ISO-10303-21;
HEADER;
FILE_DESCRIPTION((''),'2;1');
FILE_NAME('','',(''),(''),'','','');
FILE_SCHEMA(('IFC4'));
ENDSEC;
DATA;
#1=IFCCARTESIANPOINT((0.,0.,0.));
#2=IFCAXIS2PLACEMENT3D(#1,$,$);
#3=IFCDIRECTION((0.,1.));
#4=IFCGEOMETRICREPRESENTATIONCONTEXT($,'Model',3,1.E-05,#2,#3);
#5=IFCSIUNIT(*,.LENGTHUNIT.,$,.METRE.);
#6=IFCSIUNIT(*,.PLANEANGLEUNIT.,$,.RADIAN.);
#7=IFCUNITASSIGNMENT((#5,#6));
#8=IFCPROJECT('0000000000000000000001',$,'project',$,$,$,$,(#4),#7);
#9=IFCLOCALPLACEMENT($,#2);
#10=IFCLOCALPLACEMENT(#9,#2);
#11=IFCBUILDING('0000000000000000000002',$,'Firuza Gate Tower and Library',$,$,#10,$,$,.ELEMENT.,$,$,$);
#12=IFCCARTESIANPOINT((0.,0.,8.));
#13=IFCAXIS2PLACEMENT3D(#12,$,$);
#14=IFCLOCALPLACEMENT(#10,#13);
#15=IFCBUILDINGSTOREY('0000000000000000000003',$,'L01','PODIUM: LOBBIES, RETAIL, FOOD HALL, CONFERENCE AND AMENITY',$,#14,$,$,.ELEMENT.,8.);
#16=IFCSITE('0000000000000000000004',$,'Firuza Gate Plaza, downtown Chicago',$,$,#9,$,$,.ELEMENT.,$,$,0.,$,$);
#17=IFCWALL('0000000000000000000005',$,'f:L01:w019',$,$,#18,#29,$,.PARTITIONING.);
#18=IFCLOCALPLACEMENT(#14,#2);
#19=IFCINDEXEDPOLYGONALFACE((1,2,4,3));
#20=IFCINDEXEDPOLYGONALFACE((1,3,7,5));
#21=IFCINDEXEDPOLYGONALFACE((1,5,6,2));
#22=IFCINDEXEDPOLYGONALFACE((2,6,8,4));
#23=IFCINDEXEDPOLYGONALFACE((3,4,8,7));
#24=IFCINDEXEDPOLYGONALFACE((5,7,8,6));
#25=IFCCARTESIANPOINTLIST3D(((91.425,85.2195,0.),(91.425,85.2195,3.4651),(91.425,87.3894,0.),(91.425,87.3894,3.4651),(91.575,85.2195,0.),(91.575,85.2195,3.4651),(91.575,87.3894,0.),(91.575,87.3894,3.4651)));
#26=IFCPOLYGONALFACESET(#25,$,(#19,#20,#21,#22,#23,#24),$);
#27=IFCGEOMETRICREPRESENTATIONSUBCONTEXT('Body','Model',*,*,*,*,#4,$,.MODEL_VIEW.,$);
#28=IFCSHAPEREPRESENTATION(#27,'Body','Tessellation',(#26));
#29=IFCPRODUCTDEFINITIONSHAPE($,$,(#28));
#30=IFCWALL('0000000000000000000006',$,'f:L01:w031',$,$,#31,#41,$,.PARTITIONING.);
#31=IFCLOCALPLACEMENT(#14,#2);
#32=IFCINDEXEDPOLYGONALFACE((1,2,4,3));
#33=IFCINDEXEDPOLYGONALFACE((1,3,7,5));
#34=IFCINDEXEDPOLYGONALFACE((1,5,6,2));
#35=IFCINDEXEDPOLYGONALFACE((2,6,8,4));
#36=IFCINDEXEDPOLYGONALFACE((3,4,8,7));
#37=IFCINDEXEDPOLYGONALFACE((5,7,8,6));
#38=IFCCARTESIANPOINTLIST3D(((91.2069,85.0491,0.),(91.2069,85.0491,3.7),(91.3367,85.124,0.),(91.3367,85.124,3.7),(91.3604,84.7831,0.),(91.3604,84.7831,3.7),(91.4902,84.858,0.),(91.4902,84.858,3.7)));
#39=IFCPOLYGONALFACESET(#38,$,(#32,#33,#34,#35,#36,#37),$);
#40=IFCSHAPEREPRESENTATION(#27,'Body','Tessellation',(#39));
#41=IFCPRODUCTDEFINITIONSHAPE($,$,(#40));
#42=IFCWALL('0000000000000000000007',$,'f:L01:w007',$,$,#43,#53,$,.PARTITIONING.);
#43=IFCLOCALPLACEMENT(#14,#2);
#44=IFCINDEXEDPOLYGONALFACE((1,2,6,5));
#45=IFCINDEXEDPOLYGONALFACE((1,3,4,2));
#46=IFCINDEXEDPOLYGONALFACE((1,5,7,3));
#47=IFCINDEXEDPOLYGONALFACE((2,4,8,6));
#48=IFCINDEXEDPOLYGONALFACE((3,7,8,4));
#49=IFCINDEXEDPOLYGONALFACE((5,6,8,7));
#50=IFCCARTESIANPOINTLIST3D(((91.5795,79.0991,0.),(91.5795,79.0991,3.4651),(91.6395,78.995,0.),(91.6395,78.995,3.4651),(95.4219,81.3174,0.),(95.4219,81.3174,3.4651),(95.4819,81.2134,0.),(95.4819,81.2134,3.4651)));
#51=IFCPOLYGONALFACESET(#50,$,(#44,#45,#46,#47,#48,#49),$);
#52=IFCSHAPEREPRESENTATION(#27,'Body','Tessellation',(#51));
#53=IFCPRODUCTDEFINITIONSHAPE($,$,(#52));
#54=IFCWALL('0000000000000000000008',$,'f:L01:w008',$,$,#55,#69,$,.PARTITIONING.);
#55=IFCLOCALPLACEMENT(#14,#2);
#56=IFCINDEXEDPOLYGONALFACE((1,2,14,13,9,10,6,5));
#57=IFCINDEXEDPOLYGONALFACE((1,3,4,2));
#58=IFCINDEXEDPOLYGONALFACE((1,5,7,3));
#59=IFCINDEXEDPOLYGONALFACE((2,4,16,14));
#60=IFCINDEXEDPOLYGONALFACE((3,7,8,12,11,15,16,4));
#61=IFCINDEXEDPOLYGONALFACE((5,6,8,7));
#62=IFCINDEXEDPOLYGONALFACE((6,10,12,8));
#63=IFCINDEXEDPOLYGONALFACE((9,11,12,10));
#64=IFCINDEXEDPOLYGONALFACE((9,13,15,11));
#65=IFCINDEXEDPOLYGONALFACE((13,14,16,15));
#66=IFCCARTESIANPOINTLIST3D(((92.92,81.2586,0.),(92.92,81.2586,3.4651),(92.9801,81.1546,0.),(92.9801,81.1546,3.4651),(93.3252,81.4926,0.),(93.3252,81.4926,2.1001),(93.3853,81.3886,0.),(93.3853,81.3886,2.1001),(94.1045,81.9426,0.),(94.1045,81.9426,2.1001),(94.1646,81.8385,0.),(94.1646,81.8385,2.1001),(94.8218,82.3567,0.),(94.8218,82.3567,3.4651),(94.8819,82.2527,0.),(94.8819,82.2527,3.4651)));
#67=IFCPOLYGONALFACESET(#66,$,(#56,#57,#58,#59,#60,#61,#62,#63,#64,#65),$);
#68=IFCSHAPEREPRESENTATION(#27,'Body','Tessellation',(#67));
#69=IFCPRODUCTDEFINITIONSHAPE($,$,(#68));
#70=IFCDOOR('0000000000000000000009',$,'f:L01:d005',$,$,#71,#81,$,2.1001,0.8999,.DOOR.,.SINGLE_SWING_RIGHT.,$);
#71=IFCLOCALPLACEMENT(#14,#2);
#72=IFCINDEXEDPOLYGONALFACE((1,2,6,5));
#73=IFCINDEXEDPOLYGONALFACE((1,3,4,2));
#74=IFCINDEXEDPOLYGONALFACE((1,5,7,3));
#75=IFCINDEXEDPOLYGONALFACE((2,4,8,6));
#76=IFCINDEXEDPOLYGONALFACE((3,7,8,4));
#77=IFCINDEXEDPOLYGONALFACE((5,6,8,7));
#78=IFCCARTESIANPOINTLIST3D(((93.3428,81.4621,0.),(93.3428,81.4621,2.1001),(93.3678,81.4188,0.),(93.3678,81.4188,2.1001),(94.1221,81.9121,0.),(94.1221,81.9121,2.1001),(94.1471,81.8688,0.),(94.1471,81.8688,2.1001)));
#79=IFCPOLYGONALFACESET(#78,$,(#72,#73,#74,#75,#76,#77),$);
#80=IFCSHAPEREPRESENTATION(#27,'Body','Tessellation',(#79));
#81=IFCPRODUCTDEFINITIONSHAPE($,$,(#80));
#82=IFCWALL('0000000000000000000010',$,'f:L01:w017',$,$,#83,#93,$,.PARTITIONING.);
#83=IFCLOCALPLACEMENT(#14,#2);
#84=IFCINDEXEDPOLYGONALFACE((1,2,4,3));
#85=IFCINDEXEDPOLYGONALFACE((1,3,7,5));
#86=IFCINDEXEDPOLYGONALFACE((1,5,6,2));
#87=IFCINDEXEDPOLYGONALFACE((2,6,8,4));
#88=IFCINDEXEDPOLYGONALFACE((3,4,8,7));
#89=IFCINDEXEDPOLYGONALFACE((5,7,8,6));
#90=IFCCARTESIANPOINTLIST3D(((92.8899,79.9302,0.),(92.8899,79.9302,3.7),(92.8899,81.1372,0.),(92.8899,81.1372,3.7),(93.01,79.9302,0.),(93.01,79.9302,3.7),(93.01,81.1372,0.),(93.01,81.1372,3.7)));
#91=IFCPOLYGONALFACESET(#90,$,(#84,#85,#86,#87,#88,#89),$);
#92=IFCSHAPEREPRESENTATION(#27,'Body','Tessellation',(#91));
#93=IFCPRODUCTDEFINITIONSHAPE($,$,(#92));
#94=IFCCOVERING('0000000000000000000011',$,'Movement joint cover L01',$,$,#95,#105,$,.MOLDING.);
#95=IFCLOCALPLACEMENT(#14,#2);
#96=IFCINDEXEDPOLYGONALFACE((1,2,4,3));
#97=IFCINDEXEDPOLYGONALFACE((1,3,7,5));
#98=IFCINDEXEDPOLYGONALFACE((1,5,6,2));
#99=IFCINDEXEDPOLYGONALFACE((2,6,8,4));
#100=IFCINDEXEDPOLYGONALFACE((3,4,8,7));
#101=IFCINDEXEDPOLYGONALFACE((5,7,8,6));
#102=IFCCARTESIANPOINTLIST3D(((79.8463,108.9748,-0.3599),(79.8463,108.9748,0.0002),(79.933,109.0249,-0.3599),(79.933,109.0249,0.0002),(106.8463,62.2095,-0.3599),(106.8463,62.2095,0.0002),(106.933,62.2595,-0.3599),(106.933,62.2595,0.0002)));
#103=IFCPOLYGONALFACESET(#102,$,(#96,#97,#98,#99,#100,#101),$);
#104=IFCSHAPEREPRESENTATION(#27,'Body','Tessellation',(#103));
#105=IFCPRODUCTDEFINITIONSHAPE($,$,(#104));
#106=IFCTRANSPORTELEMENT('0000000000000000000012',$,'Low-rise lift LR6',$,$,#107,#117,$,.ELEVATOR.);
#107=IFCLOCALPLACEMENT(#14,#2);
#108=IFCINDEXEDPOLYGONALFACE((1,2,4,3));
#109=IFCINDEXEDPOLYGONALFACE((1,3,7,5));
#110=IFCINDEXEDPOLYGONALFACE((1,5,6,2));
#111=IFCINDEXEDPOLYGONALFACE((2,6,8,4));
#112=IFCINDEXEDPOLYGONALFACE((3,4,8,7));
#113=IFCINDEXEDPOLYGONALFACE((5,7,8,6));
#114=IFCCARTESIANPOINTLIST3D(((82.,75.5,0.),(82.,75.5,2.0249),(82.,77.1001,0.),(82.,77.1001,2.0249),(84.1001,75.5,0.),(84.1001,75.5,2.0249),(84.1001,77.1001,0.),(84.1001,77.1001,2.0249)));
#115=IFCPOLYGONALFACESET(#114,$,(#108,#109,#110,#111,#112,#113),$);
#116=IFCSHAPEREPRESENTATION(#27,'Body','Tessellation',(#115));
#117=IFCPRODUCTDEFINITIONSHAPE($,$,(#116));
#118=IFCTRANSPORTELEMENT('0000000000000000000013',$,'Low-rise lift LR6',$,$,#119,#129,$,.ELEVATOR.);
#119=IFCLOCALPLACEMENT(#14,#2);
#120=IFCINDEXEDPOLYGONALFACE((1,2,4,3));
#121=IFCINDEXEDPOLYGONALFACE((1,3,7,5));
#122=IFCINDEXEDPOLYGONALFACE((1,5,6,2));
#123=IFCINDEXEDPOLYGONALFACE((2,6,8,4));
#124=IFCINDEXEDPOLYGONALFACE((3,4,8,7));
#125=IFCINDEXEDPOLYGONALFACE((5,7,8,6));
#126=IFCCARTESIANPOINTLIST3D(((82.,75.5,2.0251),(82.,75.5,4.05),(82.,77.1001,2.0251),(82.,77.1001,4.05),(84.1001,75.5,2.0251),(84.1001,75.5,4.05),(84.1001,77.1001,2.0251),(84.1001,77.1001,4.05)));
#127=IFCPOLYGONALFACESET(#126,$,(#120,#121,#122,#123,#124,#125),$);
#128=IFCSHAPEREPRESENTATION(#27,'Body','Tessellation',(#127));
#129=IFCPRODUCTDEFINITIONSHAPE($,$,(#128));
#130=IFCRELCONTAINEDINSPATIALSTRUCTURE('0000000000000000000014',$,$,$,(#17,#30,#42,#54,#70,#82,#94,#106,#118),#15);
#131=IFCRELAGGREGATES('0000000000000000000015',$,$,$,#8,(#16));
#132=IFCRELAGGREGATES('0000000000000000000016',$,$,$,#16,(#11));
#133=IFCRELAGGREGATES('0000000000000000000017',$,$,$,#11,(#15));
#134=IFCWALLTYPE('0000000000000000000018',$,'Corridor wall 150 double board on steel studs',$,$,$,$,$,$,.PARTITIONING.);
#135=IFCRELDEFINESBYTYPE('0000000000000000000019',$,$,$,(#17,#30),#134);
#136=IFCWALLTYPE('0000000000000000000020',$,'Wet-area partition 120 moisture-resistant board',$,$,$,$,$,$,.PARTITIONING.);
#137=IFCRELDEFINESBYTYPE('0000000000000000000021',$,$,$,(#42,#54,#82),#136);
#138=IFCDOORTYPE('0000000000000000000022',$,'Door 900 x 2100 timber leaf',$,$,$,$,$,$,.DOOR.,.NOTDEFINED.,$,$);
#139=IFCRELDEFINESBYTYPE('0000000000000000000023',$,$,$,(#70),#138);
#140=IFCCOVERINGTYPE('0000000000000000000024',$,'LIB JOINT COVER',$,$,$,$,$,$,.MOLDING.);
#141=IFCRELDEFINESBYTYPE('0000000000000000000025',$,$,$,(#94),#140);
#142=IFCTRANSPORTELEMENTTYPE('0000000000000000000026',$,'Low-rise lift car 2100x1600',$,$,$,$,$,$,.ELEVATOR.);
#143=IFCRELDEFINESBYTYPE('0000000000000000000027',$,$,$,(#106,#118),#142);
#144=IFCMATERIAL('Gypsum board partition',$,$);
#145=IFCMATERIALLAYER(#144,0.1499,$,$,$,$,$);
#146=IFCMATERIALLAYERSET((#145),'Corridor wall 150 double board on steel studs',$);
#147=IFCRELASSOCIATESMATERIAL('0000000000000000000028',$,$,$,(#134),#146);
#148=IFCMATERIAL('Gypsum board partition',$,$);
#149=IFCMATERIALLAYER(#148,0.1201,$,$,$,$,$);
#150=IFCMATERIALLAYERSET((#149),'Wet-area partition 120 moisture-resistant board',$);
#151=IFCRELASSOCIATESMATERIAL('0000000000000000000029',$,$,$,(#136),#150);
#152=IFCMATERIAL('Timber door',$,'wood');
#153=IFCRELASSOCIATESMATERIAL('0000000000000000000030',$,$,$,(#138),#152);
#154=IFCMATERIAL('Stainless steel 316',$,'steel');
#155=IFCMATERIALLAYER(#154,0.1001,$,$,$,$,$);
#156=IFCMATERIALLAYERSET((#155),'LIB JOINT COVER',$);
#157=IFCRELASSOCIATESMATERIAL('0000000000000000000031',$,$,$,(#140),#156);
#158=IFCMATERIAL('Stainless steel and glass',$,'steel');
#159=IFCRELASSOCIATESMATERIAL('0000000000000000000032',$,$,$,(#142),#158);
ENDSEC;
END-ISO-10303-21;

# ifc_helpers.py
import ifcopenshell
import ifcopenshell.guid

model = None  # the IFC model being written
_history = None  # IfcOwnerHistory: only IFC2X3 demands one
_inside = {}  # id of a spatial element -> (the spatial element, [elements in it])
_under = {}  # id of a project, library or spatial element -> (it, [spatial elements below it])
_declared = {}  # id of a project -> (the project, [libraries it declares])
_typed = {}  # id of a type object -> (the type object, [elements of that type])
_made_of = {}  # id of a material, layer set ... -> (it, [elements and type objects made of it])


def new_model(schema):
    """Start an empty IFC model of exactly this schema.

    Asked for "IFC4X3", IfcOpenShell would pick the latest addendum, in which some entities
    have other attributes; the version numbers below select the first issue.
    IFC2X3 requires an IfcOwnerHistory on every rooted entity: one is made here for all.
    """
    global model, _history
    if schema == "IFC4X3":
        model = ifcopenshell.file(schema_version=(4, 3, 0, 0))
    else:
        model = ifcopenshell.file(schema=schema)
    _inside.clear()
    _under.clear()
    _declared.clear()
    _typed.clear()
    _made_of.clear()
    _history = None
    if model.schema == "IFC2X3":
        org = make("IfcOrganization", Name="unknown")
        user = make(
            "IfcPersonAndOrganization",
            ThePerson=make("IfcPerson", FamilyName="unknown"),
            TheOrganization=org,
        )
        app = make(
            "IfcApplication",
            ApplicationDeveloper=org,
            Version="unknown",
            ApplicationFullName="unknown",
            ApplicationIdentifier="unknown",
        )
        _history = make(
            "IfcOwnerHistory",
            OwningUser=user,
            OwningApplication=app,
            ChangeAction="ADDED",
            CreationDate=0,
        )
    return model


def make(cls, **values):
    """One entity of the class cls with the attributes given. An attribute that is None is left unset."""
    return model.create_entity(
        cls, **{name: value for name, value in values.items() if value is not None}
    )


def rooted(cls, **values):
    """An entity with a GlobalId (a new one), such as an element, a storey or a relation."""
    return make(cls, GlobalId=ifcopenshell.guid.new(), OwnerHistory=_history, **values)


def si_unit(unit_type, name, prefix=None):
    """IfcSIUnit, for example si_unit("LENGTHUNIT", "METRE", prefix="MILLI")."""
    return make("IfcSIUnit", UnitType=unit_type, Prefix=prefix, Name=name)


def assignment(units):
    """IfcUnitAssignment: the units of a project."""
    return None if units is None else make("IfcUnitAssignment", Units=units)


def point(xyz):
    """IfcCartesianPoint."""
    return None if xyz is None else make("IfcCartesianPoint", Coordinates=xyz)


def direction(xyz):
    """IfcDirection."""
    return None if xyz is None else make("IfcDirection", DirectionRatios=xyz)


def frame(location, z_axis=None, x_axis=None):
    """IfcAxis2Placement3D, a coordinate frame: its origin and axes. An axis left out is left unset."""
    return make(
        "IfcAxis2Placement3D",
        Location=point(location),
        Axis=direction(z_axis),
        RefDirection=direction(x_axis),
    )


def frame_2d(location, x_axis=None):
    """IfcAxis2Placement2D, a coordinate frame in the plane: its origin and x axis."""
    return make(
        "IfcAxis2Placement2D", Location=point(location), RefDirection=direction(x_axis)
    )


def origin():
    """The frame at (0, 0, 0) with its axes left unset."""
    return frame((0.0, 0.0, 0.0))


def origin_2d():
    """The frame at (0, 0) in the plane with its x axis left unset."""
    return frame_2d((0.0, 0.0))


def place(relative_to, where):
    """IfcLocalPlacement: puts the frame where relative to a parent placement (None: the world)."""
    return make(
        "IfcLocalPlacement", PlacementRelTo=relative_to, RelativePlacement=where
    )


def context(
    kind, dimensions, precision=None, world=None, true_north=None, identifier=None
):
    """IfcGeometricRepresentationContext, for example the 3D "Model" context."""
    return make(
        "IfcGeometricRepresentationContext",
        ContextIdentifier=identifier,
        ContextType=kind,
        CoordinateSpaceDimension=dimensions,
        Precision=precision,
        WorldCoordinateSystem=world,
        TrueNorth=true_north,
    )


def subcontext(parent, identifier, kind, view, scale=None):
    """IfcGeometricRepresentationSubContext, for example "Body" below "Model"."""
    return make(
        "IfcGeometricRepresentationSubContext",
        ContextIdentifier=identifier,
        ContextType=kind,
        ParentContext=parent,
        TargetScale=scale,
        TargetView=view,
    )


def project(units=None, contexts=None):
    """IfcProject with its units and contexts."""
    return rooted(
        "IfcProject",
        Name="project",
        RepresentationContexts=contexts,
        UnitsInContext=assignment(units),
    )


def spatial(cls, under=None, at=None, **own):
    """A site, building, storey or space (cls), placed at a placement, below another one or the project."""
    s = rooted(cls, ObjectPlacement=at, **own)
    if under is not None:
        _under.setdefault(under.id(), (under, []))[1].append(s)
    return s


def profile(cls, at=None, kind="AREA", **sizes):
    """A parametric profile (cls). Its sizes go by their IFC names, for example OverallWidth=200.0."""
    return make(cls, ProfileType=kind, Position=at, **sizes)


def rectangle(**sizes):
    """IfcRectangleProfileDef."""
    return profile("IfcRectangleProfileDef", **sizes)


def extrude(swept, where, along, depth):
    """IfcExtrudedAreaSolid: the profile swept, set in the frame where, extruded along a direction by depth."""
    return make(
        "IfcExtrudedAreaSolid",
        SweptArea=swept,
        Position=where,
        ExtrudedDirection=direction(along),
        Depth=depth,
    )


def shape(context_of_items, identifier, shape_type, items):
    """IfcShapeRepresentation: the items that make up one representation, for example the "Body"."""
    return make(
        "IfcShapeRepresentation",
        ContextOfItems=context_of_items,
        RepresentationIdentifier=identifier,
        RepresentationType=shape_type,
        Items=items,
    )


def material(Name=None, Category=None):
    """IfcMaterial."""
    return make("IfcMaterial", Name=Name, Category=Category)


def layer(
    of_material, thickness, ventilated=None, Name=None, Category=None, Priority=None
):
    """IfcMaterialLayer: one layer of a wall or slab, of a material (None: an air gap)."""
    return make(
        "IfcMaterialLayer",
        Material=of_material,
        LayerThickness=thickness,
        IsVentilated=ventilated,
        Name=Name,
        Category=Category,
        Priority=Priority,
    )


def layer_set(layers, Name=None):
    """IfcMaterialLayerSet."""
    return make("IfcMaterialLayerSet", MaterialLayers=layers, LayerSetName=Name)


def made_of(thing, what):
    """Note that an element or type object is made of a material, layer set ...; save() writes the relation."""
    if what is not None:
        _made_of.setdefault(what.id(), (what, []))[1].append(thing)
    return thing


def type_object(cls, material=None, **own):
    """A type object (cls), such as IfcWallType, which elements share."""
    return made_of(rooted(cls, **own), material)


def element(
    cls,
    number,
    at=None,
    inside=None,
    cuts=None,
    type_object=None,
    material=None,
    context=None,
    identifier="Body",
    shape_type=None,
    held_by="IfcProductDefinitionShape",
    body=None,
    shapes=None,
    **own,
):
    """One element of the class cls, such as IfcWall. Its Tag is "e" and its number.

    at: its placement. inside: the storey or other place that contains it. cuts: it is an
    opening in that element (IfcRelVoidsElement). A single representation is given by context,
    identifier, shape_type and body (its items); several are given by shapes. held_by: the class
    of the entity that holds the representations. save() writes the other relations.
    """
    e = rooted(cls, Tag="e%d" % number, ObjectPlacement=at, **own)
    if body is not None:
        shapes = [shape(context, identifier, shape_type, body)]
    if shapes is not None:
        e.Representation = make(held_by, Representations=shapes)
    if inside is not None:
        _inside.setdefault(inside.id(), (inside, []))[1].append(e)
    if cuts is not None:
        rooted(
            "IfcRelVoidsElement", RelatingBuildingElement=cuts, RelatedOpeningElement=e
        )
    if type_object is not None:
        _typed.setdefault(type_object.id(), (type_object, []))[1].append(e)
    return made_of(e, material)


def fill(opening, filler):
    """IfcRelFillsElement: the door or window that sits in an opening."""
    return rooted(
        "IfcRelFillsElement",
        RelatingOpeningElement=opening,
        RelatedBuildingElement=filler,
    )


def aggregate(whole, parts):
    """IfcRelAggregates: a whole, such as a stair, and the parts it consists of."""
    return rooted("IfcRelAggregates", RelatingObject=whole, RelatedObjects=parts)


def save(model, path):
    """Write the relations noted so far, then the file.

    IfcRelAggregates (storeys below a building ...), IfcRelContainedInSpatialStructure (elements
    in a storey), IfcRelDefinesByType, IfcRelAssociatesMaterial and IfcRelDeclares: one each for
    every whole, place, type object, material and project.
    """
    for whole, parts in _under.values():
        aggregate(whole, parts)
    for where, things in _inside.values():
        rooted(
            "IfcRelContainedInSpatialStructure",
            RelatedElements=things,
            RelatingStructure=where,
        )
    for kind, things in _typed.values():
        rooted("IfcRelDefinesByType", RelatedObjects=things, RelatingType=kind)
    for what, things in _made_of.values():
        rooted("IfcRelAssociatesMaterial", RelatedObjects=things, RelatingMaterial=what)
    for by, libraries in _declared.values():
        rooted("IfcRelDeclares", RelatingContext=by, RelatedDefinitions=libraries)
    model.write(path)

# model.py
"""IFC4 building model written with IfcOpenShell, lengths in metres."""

from ifc_helpers import new_model, si_unit, direction, frame, frame_2d, origin, origin_2d, place, context, subcontext, project, spatial, rectangle, extrude, material, layer, layer_set, type_object, element, fill, save


model = new_model("IFC4")

# Units and contexts
model_context = context("Model", 3, precision=1e-05, world=origin(), true_north=direction((0.0, 1.0)))
body_context = subcontext(model_context, "Body", "Model", "MODEL_VIEW")
ifc_project = project(units=[si_unit("LENGTHUNIT", "METRE"), si_unit("PLANEANGLEUNIT", "RADIAN")], contexts=[model_context])

# Site, building, storey
site_placement = place(None, origin())
site = spatial("IfcSite", under=ifc_project, at=site_placement, Name="Firuza Gate Plaza, downtown Chicago", CompositionType="ELEMENT", RefElevation=0.0)
building_placement = place(site_placement, origin())
building = spatial("IfcBuilding", under=site, at=building_placement, Name="Firuza Gate Tower and Library", CompositionType="ELEMENT")
storey_placement = place(building_placement, frame((0.0, 0.0, 8.0)))
storey = spatial("IfcBuildingStorey", under=building, at=storey_placement, Name="L01", Description="PODIUM: LOBBIES, RETAIL, FOOD HALL, CONFERENCE AND AMENITY", CompositionType="ELEMENT", Elevation=8.0)

# Shared definitions
ifc_material_1 = material(Name="Gypsum board partition")
ifc_layer_1 = layer(ifc_material_1, 0.1499)
ifc_layer_set_1 = layer_set([ifc_layer_1], Name="Corridor wall 150 double board on steel studs")
wall_type_1 = type_object("IfcWallType", Name="Corridor wall 150 double board on steel studs", PredefinedType="PARTITIONING", material=ifc_layer_set_1)

# Walls
wall_1_placement = place(storey_placement, frame((91.5, 85.2195, 0.0), z_axis=(0.0, 0.0, 1.0), x_axis=(0.0, 1.0, 0.0)))
element("IfcWall", 1, at=wall_1_placement, inside=storey, type_object=wall_type_1, Name="f:L01:w019", PredefinedType="PARTITIONING", context=body_context, shape_type="SweptSolid", body=[
    extrude(rectangle(XDim=2.1699, YDim=0.1499, at=frame_2d((1.085, 0.0))), origin(), (0.0, 0.0, 1.0), 3.4651),
])
wall_2_placement = place(storey_placement, frame((91.4253, 84.8206, 0.0), z_axis=(0.0, 0.0, 1.0), x_axis=(-0.499814, 0.866133, 0.0)))
element("IfcWall", 2, at=wall_2_placement, inside=storey, type_object=wall_type_1, Name="f:L01:w031", PredefinedType="PARTITIONING", context=body_context, shape_type="SweptSolid", body=[
    extrude(rectangle(XDim=0.3071, YDim=0.1499, at=frame_2d((0.1536, 0.0))), origin(), (0.0, 0.0, 1.0), 3.7),
])
ifc_material_2 = material(Name="Gypsum board partition")
ifc_layer_2 = layer(ifc_material_2, 0.1201)
ifc_layer_set_2 = layer_set([ifc_layer_2], Name="Wet-area partition 120 moisture-resistant board")
wall_type_2 = type_object("IfcWallType", Name="Wet-area partition 120 moisture-resistant board", PredefinedType="PARTITIONING", material=ifc_layer_set_2)
wall_3_placement = place(storey_placement, frame((91.6096, 79.0471, 0.0), z_axis=(0.0, 0.0, 1.0), x_axis=(0.866033, 0.499986, 0.0)))
element("IfcWall", 3, at=wall_3_placement, inside=storey, type_object=wall_type_2, Name="f:L01:w007", PredefinedType="PARTITIONING", context=body_context, shape_type="SweptSolid", body=[
    extrude(rectangle(XDim=4.4368, YDim=0.1201, at=frame_2d((2.2183, 0.0))), origin(), (0.0, 0.0, 1.0), 3.4651),
])

# Wall, opening, door
wall_4_placement = place(storey_placement, frame((92.95, 81.2065, 0.0), z_axis=(0.0, 0.0, 1.0), x_axis=(0.866004, 0.500037, 0.0)))
wall_4 = element("IfcWall", 4, at=wall_4_placement, inside=storey, type_object=wall_type_2, Name="f:L01:w008", PredefinedType="PARTITIONING", context=body_context, shape_type="SweptSolid", body=[
    extrude(rectangle(XDim=2.196, YDim=0.1201, at=frame_2d((1.0981, 0.0))), origin(), (0.0, 0.0, 1.0), 3.4651),
])
opening_1_placement = place(wall_4_placement, frame((0.468, 0.0, 0.0)))
opening_1 = element("IfcOpeningElement", 5, at=opening_1_placement, cuts=wall_4, PredefinedType="OPENING", context=body_context, shape_type="SweptSolid", body=[
    extrude(rectangle(XDim=0.8999, YDim=2.1001, at=frame_2d((0.45, 1.05))), frame((0.0, 0.0701, 0.0), z_axis=(0.0, -1.0, 0.0), x_axis=(1.0, 0.0, 0.0)), (0.0, 0.0, 1.0), 0.1401),
])
ifc_material_3 = material(Name="Timber door", Category="wood")
door_type_1 = type_object("IfcDoorType", Name="Door 900 x 2100 timber leaf", OperationType="NOTDEFINED", PredefinedType="DOOR", material=ifc_material_3)
door_1_placement = place(opening_1_placement, origin())
door_1 = element("IfcDoor", 6, at=door_1_placement, inside=storey, type_object=door_type_1, Name="f:L01:d005", OperationType="SINGLE_SWING_RIGHT", OverallHeight=2.1001, OverallWidth=0.8999, PredefinedType="DOOR", context=body_context, shape_type="SweptSolid", body=[
    extrude(rectangle(XDim=0.8999, YDim=2.1001, at=frame_2d((0.45, 1.05))), frame((0.0, 0.0249, 0.0), z_axis=(0.0, -1.0, 0.0), x_axis=(1.0, 0.0, 0.0)), (0.0, 0.0, 1.0), 0.05),
])
fill(opening_1, door_1)

# Wall
wall_5_placement = place(storey_placement, frame((92.95, 79.9302, 0.0), z_axis=(0.0, 0.0, 1.0), x_axis=(0.0, 1.0, 0.0)))
element("IfcWall", 7, at=wall_5_placement, inside=storey, type_object=wall_type_2, Name="f:L01:w017", PredefinedType="PARTITIONING", context=body_context, shape_type="SweptSolid", body=[
    extrude(rectangle(XDim=1.207, YDim=0.1201, at=frame_2d((0.6035, 0.0))), origin(), (0.0, 0.0, 1.0), 3.7),
])

# Covering
ifc_material_4 = material(Name="Stainless steel 316", Category="steel")
ifc_layer_3 = layer(ifc_material_4, 0.1001)
ifc_layer_set_3 = layer_set([ifc_layer_3], Name="LIB JOINT COVER")
covering_type = type_object("IfcCoveringType", Name="LIB JOINT COVER", PredefinedType="MOLDING", material=ifc_layer_set_3)
covering_placement = place(storey_placement, frame((93.3896, 85.6172, -0.3599), z_axis=(0.0, 0.0, 1.0), x_axis=(-0.5, 0.866025, 0.0)))
element("IfcCovering", 8, at=covering_placement, inside=storey, type_object=covering_type, Name="Movement joint cover L01", PredefinedType="MOLDING", context=body_context, shape_type="SweptSolid", body=[
    extrude(rectangle(XDim=54.0, YDim=0.1001, at=origin_2d()), origin(), (0.0, 0.0, 1.0), 0.3601),
])

# Transport elements
ifc_material_5 = material(Name="Stainless steel and glass", Category="steel")
transport_element_type = type_object("IfcTransportElementType", Name="Low-rise lift car 2100x1600", PredefinedType="ELEVATOR", material=ifc_material_5)
for number, where, z_axis, x_axis, name in (
    (9, (83.05, 76.3, 0.0), (0.0, 0.0, 1.0), (1.0, 0.0, 0.0), "Low-rise lift LR6"),
    (10, (83.05, 76.3, 2.0251), (0.0, 0.0, 1.0), (1.0, 0.0, 0.0), "Low-rise lift LR6"),
):
    element("IfcTransportElement", number, at=place(storey_placement, frame(where, z_axis=z_axis, x_axis=x_axis)), inside=storey, type_object=transport_element_type, Name=name, PredefinedType="ELEVATOR", context=body_context, shape_type="SweptSolid", body=[
        extrude(rectangle(XDim=2.1001, YDim=1.6001, at=origin_2d()), origin(), (0.0, 0.0, 1.0), 2.0249),
    ])

save(model, "model.ifc")
